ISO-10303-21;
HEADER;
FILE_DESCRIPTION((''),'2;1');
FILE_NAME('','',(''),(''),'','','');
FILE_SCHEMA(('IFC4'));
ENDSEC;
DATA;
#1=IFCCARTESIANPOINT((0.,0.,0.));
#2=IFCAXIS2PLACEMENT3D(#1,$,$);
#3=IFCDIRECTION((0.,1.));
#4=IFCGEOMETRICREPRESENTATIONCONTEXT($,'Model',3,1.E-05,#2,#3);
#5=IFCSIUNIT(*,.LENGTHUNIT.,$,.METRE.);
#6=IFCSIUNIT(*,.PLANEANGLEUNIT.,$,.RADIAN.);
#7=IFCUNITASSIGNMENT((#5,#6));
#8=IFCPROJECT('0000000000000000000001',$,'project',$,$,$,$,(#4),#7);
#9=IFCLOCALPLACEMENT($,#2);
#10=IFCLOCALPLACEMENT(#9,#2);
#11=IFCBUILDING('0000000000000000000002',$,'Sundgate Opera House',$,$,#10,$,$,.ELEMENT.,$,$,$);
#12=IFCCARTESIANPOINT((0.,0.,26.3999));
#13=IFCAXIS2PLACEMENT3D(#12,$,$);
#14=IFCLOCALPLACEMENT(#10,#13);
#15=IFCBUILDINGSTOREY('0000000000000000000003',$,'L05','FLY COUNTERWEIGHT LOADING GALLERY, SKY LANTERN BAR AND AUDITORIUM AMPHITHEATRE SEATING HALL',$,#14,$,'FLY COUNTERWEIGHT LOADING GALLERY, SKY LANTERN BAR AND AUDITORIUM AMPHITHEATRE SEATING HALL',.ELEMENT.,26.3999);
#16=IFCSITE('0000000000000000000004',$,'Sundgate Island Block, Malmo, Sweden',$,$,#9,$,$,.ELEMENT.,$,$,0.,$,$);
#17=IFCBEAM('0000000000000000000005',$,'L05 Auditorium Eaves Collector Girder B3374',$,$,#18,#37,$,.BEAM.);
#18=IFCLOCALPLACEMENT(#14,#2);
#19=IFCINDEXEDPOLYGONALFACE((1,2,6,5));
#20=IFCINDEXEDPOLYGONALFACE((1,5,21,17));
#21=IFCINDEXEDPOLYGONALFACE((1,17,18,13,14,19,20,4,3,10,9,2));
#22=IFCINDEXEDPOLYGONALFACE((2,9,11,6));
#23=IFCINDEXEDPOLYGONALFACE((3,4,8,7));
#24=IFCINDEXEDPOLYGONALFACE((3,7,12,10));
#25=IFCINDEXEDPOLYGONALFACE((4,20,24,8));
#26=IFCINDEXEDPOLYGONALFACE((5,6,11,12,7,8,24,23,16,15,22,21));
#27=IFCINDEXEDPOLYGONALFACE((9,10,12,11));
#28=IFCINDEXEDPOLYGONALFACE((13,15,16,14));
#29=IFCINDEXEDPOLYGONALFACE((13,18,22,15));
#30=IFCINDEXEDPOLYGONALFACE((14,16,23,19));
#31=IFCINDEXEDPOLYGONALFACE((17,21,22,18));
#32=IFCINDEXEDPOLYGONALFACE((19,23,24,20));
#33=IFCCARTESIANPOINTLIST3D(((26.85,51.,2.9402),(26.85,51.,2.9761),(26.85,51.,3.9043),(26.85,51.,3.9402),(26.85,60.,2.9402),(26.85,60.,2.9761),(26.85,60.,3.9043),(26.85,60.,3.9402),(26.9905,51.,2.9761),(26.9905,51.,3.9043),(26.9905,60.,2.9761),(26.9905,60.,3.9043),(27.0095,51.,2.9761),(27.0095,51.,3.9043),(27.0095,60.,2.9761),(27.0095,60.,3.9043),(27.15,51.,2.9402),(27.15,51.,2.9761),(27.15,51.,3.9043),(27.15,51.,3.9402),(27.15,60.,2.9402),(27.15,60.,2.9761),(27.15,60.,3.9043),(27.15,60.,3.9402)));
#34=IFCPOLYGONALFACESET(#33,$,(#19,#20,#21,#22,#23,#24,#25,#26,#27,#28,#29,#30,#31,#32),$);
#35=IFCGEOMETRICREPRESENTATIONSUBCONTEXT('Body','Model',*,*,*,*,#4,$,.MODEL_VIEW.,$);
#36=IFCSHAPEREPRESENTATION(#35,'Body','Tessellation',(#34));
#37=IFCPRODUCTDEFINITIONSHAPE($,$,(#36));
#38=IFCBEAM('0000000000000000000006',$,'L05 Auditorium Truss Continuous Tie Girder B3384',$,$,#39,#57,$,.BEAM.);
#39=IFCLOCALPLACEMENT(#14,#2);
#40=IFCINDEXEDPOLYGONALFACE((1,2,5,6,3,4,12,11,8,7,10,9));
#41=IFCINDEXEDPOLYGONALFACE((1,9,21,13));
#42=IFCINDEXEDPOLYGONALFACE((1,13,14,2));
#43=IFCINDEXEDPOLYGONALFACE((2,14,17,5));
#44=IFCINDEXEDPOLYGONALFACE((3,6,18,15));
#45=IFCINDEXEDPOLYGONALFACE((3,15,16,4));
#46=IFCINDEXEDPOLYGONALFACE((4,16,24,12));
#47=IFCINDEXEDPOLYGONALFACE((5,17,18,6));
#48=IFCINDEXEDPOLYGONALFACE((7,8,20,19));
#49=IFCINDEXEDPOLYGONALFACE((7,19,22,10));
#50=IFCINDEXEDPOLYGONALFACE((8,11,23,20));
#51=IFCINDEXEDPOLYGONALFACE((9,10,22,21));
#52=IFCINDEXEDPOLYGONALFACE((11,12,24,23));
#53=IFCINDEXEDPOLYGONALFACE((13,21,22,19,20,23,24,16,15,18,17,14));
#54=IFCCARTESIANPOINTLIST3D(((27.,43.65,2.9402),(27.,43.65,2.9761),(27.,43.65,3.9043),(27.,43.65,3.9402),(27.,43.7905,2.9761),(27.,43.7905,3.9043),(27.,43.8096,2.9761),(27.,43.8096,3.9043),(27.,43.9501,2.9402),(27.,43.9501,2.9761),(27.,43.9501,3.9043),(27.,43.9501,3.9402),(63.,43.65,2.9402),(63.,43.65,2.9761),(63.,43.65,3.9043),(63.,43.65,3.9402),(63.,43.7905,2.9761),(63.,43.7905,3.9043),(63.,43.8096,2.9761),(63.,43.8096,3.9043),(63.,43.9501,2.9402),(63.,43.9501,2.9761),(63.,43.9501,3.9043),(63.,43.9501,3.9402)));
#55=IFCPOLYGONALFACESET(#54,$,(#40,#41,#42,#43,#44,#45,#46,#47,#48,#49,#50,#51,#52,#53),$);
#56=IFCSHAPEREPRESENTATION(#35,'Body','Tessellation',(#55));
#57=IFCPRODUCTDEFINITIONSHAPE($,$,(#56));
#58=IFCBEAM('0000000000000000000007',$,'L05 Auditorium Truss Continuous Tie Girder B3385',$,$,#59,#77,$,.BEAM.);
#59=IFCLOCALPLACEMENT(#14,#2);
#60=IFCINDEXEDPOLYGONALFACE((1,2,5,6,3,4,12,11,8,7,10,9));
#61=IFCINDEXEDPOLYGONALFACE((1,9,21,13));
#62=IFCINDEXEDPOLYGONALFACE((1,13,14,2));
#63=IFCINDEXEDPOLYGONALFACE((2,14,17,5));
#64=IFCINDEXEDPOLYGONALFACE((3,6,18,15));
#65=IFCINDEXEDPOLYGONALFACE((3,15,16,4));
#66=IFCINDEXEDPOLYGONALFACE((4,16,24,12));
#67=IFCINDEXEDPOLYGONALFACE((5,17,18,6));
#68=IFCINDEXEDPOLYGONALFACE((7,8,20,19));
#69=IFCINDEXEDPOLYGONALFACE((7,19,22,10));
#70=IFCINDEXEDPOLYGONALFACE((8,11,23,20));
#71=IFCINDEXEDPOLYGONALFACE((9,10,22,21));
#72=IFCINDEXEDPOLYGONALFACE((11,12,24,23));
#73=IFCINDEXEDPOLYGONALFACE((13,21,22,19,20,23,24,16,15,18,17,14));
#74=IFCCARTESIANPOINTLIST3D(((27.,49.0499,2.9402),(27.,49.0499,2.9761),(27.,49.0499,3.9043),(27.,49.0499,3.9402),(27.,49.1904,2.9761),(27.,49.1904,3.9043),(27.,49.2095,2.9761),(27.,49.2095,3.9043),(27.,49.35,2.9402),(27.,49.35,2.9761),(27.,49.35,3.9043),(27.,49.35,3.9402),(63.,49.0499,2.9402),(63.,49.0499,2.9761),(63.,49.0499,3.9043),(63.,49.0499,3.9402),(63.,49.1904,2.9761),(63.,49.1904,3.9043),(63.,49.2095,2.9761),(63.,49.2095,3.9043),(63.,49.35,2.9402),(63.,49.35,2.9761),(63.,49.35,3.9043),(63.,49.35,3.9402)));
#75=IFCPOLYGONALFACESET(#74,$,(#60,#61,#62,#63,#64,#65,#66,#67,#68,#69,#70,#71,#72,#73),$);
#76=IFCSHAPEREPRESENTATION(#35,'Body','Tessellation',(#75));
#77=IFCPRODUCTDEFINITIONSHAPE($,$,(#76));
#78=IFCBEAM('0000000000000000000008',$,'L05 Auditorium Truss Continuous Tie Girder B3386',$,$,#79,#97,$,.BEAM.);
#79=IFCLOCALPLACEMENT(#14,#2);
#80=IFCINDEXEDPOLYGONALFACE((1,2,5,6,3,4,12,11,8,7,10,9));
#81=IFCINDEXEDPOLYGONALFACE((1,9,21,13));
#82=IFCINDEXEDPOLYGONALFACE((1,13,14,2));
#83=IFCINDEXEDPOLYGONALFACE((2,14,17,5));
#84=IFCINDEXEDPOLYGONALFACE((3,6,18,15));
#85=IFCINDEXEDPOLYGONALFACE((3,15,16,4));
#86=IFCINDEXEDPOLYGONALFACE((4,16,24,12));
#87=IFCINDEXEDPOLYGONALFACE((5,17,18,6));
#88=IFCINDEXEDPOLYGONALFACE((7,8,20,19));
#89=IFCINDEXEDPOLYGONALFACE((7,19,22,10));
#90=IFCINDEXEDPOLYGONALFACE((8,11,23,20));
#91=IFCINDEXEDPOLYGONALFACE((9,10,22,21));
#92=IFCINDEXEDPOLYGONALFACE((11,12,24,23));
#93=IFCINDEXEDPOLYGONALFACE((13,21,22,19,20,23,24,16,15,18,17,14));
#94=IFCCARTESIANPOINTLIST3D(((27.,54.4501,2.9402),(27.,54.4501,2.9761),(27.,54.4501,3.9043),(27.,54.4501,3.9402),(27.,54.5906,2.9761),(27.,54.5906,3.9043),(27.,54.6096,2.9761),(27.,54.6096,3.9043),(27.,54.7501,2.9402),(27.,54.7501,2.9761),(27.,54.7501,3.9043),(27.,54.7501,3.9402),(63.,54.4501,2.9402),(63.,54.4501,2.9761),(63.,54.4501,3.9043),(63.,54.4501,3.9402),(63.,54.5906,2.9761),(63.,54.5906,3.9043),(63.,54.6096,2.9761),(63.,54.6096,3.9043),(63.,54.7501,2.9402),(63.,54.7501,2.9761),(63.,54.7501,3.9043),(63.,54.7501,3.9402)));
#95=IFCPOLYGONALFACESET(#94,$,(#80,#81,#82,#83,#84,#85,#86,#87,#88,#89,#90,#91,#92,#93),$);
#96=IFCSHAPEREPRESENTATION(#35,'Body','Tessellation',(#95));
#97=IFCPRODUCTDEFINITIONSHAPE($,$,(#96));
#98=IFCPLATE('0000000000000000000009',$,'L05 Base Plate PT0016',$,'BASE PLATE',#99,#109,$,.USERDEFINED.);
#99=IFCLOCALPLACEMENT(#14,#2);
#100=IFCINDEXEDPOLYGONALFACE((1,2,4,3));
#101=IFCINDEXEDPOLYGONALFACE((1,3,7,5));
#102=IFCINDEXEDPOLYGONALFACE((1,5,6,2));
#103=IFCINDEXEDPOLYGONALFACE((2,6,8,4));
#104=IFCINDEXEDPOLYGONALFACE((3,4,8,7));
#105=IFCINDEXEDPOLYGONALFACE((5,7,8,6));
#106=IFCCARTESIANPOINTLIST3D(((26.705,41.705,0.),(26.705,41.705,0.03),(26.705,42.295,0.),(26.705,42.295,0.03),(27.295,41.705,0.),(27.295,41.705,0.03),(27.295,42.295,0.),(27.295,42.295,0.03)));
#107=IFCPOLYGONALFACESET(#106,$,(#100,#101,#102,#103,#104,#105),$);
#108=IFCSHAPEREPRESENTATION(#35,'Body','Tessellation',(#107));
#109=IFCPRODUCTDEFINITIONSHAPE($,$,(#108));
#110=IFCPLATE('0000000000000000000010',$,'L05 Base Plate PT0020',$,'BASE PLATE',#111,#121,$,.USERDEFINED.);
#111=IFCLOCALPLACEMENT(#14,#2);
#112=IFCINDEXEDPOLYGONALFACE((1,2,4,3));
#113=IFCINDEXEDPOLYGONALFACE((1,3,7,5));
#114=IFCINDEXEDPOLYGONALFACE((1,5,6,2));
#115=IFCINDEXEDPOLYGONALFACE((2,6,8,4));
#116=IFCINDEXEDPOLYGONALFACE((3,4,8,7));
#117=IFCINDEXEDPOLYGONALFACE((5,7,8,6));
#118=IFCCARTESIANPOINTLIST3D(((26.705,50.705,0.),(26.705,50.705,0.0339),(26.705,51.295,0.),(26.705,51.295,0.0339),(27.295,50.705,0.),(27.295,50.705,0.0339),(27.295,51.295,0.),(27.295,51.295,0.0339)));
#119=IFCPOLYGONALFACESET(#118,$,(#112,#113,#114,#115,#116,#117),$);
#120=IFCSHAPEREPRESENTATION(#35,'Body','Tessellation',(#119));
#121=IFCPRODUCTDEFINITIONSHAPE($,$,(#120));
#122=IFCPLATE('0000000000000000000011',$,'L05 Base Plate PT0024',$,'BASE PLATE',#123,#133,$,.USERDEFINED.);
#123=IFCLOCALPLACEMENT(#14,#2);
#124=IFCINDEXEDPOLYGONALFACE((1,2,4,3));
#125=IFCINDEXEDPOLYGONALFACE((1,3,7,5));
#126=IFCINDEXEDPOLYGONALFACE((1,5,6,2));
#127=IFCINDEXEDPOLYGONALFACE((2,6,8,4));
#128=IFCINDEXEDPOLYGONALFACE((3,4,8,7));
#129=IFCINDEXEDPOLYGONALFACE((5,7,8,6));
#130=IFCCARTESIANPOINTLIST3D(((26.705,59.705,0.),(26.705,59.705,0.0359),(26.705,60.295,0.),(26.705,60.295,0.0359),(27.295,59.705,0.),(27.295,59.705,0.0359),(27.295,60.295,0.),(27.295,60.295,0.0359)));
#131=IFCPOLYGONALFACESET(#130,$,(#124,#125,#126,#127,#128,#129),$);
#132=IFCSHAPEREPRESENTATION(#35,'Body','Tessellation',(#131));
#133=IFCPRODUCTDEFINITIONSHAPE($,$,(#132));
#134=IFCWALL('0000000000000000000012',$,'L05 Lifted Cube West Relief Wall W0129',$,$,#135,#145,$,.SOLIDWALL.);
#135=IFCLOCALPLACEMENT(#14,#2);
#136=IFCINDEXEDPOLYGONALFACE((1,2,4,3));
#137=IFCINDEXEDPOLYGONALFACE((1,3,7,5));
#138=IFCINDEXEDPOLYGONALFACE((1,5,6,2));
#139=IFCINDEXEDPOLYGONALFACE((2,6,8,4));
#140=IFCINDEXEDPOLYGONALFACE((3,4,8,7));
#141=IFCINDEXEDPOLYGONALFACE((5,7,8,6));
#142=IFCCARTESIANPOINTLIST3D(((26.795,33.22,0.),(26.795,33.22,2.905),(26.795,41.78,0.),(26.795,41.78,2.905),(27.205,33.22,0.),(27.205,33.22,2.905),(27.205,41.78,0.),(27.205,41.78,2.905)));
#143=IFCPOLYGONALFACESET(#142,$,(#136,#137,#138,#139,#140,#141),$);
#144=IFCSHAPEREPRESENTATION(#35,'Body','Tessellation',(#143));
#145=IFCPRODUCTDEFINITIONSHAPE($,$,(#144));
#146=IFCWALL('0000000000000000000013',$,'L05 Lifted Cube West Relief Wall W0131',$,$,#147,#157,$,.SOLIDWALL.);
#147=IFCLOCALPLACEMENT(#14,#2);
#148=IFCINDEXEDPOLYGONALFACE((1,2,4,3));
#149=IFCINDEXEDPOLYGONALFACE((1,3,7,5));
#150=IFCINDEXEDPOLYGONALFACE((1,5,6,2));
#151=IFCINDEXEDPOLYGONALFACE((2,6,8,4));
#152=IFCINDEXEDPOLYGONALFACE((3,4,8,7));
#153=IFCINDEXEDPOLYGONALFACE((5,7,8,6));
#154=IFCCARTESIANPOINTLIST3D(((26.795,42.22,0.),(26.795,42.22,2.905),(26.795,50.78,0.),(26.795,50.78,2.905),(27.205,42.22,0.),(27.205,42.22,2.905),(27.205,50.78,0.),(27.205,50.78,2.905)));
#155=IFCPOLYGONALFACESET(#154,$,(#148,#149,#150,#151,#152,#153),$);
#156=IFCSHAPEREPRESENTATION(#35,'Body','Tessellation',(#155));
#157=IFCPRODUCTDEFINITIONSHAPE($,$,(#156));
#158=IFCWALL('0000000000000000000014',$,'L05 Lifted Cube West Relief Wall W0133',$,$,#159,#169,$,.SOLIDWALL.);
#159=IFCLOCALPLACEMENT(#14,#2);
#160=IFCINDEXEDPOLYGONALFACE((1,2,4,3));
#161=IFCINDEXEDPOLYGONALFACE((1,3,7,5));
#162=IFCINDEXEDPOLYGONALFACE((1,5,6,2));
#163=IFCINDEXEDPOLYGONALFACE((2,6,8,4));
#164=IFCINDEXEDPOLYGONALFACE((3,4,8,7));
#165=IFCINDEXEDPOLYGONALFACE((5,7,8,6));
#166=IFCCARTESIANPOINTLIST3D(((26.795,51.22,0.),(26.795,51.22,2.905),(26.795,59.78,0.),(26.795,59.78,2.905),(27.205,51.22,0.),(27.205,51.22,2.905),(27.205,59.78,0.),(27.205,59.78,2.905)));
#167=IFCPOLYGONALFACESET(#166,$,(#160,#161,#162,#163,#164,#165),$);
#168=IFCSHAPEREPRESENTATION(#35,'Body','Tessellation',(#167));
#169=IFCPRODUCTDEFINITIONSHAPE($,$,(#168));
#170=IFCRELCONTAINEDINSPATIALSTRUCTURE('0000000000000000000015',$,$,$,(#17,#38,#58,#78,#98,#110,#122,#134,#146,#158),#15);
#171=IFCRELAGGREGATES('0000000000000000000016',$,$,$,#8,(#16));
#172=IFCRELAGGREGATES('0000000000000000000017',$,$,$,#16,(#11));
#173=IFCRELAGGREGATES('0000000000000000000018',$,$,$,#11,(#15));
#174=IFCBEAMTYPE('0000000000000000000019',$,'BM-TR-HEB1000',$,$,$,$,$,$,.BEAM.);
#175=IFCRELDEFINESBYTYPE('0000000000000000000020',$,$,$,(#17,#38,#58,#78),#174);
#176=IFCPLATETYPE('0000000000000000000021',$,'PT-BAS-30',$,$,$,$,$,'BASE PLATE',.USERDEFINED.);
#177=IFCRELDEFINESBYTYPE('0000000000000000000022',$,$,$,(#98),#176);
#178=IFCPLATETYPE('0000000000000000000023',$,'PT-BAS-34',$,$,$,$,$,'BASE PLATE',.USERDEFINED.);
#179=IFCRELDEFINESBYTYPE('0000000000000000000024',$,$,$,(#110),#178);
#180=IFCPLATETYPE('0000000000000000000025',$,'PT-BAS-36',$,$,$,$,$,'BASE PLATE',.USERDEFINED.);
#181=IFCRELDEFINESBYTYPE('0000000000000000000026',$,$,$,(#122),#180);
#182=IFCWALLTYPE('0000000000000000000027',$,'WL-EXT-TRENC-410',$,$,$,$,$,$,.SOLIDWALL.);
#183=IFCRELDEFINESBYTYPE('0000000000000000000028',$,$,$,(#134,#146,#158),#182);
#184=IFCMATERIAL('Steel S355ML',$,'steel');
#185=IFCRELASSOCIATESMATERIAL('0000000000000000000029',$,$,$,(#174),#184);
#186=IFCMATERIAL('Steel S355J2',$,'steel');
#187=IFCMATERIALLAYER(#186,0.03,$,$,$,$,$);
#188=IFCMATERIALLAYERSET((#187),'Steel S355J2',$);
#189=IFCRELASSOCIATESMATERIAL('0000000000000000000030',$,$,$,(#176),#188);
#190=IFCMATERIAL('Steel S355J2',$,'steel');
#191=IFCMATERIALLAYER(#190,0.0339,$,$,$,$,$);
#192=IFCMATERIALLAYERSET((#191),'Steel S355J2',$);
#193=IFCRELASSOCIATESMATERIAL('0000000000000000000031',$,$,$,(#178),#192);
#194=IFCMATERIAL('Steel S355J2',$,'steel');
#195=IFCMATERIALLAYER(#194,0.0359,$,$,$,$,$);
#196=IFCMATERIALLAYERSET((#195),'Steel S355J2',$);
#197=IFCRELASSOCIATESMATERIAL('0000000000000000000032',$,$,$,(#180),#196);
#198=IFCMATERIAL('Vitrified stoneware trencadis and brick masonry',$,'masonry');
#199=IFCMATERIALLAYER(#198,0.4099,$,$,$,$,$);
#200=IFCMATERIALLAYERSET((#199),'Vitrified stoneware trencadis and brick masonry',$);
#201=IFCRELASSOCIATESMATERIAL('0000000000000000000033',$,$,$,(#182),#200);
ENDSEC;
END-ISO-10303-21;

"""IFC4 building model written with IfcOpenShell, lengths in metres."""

from ifc_helpers import new_model, si_unit, direction, frame, frame_2d, origin, origin_2d, place, context, subcontext, project, spatial, rectangle, i_section, extrude, material, layer, layer_set, material_profile, profile_set, type_object, element, save


model = new_model("IFC4")

# Units and contexts
model_context = context("Model", 3, precision=1e-05, world=origin(), true_north=direction((0.0, 1.0)))
body_context = subcontext(model_context, "Body", "Model", "MODEL_VIEW")
ifc_project = project(units=[si_unit("LENGTHUNIT", "METRE"), si_unit("PLANEANGLEUNIT", "RADIAN")], contexts=[model_context])

# Site, building, storey
site_placement = place(None, origin())
site = spatial("IfcSite", under=ifc_project, at=site_placement, Name="Sundgate Island Block, Malmo, Sweden", CompositionType="ELEMENT", RefElevation=0.0)
building_placement = place(site_placement, origin())
building = spatial("IfcBuilding", under=site, at=building_placement, Name="Sundgate Opera House", CompositionType="ELEMENT")
storey_placement = place(building_placement, frame((0.0, 0.0, 26.3999)))
storey = spatial("IfcBuildingStorey", under=building, at=storey_placement, Name="L05", Description="FLY COUNTERWEIGHT LOADING GALLERY, SKY LANTERN BAR AND AUDITORIUM AMPHITHEATRE SEATING HALL", LongName="FLY COUNTERWEIGHT LOADING GALLERY, SKY LANTERN BAR AND AUDITORIUM AMPHITHEATRE SEATING HALL", CompositionType="ELEMENT", Elevation=26.3999)

# Beams
ifc_material_1 = material(Name="Steel S355ML", Category="steel")
ifc_material_profile_1 = material_profile(ifc_material_1, i_section(OverallWidth=0.3, OverallDepth=1.0, WebThickness=0.019, FlangeThickness=0.0359, at=origin_2d()), Name="HEB 1000")
ifc_profile_set_1 = profile_set([ifc_material_profile_1], Name="Steel S355ML")
beam_type_1 = type_object("IfcBeamType", Name="BM-TR-HEB1000", PredefinedType="BEAM", material=ifc_profile_set_1)
for number, where, z_axis, x_axis, name in (
    (1, (27.0, 51.0, 3.4402), (0.0, 1.0, 0.0), (-1.0, 0.0, 0.0), "L05 Auditorium Eaves Collector Girder B3374"),
):
    element("IfcBeam", number, at=place(storey_placement, frame(where, z_axis=z_axis, x_axis=x_axis)), inside=storey, type_object=beam_type_1, Name=name, PredefinedType="BEAM", context=body_context, shape_type="SweptSolid", body=[
        extrude(i_section(OverallWidth=0.3, OverallDepth=1.0, WebThickness=0.019, FlangeThickness=0.0359, at=origin_2d()), origin(), (0.0, 0.0, 1.0), 9.0),
    ])
for number, where, z_axis, x_axis, name in (
    (2, (27.0, 43.8, 3.4402), (1.0, 0.0, 0.0), (0.0, 1.0, 0.0), "L05 Auditorium Truss Continuous Tie Girder B3384"),
    (3, (27.0, 49.2, 3.4402), (1.0, 0.0, 0.0), (0.0, 1.0, 0.0), "L05 Auditorium Truss Continuous Tie Girder B3385"),
    (4, (27.0, 54.6001, 3.4402), (1.0, 0.0, 0.0), (0.0, 1.0, 0.0), "L05 Auditorium Truss Continuous Tie Girder B3386"),
):
    element("IfcBeam", number, at=place(storey_placement, frame(where, z_axis=z_axis, x_axis=x_axis)), inside=storey, type_object=beam_type_1, Name=name, PredefinedType="BEAM", context=body_context, shape_type="SweptSolid", body=[
        extrude(i_section(OverallWidth=0.3, OverallDepth=1.0, WebThickness=0.019, FlangeThickness=0.0359, at=origin_2d()), origin(), (0.0, 0.0, 1.0), 36.0),
    ])

# Plates
ifc_material_2 = material(Name="Steel S355J2", Category="steel")
ifc_layer_1 = layer(ifc_material_2, 0.03)
ifc_layer_set_1 = layer_set([ifc_layer_1], Name="Steel S355J2")
plate_type_1 = type_object("IfcPlateType", Name="PT-BAS-30", ElementType="BASE PLATE", PredefinedType="USERDEFINED", material=ifc_layer_set_1)
plate_1_placement = place(storey_placement, frame((27.0, 42.0, 0.0), z_axis=(0.0, 0.0, 1.0), x_axis=(1.0, 0.0, 0.0)))
element("IfcPlate", 5, at=plate_1_placement, inside=storey, type_object=plate_type_1, Name="L05 Base Plate PT0016", ObjectType="BASE PLATE", PredefinedType="USERDEFINED", context=body_context, shape_type="SweptSolid", body=[
    extrude(rectangle(XDim=0.5901, YDim=0.5901, at=origin_2d()), origin(), (0.0, 0.0, 1.0), 0.03),
])
ifc_material_3 = material(Name="Steel S355J2", Category="steel")
ifc_layer_2 = layer(ifc_material_3, 0.0339)
ifc_layer_set_2 = layer_set([ifc_layer_2], Name="Steel S355J2")
plate_type_2 = type_object("IfcPlateType", Name="PT-BAS-34", ElementType="BASE PLATE", PredefinedType="USERDEFINED", material=ifc_layer_set_2)
plate_2_placement = place(storey_placement, frame((27.0, 51.0, 0.0), z_axis=(0.0, 0.0, 1.0), x_axis=(1.0, 0.0, 0.0)))
element("IfcPlate", 6, at=plate_2_placement, inside=storey, type_object=plate_type_2, Name="L05 Base Plate PT0020", ObjectType="BASE PLATE", PredefinedType="USERDEFINED", context=body_context, shape_type="SweptSolid", body=[
    extrude(rectangle(XDim=0.5901, YDim=0.5901, at=origin_2d()), origin(), (0.0, 0.0, 1.0), 0.0339),
])
ifc_material_4 = material(Name="Steel S355J2", Category="steel")
ifc_layer_3 = layer(ifc_material_4, 0.0359)
ifc_layer_set_3 = layer_set([ifc_layer_3], Name="Steel S355J2")
plate_type_3 = type_object("IfcPlateType", Name="PT-BAS-36", ElementType="BASE PLATE", PredefinedType="USERDEFINED", material=ifc_layer_set_3)
plate_3_placement = place(storey_placement, frame((27.0, 60.0, 0.0), z_axis=(0.0, 0.0, 1.0), x_axis=(1.0, 0.0, 0.0)))
element("IfcPlate", 7, at=plate_3_placement, inside=storey, type_object=plate_type_3, Name="L05 Base Plate PT0024", ObjectType="BASE PLATE", PredefinedType="USERDEFINED", context=body_context, shape_type="SweptSolid", body=[
    extrude(rectangle(XDim=0.5901, YDim=0.5901, at=origin_2d()), origin(), (0.0, 0.0, 1.0), 0.0359),
])

# Walls
ifc_material_5 = material(Name="Vitrified stoneware trencadis and brick masonry", Category="masonry")
ifc_layer_4 = layer(ifc_material_5, 0.4099)
ifc_layer_set_4 = layer_set([ifc_layer_4], Name="Vitrified stoneware trencadis and brick masonry")
wall_type_1 = type_object("IfcWallType", Name="WL-EXT-TRENC-410", PredefinedType="SOLIDWALL", material=ifc_layer_set_4)
for number, where, z_axis, x_axis, name in (
    (8, (27.0, 41.78, 0.0), (0.0, 0.0, 1.0), (0.0, -1.0, 0.0), "L05 Lifted Cube West Relief Wall W0129"),
    (9, (27.0, 50.78, 0.0), (0.0, 0.0, 1.0), (0.0, -1.0, 0.0), "L05 Lifted Cube West Relief Wall W0131"),
    (10, (27.0, 59.78, 0.0), (0.0, 0.0, 1.0), (0.0, -1.0, 0.0), "L05 Lifted Cube West Relief Wall W0133"),
):
    element("IfcWall", number, at=place(storey_placement, frame(where, z_axis=z_axis, x_axis=x_axis)), inside=storey, type_object=wall_type_1, Name=name, PredefinedType="SOLIDWALL", context=body_context, shape_type="SweptSolid", body=[
        extrude(rectangle(XDim=8.5601, YDim=0.4099, at=frame_2d((4.28, 0.0))), origin(), (0.0, 0.0, 1.0), 2.905),
    ])

save(model, "model.ifc")
